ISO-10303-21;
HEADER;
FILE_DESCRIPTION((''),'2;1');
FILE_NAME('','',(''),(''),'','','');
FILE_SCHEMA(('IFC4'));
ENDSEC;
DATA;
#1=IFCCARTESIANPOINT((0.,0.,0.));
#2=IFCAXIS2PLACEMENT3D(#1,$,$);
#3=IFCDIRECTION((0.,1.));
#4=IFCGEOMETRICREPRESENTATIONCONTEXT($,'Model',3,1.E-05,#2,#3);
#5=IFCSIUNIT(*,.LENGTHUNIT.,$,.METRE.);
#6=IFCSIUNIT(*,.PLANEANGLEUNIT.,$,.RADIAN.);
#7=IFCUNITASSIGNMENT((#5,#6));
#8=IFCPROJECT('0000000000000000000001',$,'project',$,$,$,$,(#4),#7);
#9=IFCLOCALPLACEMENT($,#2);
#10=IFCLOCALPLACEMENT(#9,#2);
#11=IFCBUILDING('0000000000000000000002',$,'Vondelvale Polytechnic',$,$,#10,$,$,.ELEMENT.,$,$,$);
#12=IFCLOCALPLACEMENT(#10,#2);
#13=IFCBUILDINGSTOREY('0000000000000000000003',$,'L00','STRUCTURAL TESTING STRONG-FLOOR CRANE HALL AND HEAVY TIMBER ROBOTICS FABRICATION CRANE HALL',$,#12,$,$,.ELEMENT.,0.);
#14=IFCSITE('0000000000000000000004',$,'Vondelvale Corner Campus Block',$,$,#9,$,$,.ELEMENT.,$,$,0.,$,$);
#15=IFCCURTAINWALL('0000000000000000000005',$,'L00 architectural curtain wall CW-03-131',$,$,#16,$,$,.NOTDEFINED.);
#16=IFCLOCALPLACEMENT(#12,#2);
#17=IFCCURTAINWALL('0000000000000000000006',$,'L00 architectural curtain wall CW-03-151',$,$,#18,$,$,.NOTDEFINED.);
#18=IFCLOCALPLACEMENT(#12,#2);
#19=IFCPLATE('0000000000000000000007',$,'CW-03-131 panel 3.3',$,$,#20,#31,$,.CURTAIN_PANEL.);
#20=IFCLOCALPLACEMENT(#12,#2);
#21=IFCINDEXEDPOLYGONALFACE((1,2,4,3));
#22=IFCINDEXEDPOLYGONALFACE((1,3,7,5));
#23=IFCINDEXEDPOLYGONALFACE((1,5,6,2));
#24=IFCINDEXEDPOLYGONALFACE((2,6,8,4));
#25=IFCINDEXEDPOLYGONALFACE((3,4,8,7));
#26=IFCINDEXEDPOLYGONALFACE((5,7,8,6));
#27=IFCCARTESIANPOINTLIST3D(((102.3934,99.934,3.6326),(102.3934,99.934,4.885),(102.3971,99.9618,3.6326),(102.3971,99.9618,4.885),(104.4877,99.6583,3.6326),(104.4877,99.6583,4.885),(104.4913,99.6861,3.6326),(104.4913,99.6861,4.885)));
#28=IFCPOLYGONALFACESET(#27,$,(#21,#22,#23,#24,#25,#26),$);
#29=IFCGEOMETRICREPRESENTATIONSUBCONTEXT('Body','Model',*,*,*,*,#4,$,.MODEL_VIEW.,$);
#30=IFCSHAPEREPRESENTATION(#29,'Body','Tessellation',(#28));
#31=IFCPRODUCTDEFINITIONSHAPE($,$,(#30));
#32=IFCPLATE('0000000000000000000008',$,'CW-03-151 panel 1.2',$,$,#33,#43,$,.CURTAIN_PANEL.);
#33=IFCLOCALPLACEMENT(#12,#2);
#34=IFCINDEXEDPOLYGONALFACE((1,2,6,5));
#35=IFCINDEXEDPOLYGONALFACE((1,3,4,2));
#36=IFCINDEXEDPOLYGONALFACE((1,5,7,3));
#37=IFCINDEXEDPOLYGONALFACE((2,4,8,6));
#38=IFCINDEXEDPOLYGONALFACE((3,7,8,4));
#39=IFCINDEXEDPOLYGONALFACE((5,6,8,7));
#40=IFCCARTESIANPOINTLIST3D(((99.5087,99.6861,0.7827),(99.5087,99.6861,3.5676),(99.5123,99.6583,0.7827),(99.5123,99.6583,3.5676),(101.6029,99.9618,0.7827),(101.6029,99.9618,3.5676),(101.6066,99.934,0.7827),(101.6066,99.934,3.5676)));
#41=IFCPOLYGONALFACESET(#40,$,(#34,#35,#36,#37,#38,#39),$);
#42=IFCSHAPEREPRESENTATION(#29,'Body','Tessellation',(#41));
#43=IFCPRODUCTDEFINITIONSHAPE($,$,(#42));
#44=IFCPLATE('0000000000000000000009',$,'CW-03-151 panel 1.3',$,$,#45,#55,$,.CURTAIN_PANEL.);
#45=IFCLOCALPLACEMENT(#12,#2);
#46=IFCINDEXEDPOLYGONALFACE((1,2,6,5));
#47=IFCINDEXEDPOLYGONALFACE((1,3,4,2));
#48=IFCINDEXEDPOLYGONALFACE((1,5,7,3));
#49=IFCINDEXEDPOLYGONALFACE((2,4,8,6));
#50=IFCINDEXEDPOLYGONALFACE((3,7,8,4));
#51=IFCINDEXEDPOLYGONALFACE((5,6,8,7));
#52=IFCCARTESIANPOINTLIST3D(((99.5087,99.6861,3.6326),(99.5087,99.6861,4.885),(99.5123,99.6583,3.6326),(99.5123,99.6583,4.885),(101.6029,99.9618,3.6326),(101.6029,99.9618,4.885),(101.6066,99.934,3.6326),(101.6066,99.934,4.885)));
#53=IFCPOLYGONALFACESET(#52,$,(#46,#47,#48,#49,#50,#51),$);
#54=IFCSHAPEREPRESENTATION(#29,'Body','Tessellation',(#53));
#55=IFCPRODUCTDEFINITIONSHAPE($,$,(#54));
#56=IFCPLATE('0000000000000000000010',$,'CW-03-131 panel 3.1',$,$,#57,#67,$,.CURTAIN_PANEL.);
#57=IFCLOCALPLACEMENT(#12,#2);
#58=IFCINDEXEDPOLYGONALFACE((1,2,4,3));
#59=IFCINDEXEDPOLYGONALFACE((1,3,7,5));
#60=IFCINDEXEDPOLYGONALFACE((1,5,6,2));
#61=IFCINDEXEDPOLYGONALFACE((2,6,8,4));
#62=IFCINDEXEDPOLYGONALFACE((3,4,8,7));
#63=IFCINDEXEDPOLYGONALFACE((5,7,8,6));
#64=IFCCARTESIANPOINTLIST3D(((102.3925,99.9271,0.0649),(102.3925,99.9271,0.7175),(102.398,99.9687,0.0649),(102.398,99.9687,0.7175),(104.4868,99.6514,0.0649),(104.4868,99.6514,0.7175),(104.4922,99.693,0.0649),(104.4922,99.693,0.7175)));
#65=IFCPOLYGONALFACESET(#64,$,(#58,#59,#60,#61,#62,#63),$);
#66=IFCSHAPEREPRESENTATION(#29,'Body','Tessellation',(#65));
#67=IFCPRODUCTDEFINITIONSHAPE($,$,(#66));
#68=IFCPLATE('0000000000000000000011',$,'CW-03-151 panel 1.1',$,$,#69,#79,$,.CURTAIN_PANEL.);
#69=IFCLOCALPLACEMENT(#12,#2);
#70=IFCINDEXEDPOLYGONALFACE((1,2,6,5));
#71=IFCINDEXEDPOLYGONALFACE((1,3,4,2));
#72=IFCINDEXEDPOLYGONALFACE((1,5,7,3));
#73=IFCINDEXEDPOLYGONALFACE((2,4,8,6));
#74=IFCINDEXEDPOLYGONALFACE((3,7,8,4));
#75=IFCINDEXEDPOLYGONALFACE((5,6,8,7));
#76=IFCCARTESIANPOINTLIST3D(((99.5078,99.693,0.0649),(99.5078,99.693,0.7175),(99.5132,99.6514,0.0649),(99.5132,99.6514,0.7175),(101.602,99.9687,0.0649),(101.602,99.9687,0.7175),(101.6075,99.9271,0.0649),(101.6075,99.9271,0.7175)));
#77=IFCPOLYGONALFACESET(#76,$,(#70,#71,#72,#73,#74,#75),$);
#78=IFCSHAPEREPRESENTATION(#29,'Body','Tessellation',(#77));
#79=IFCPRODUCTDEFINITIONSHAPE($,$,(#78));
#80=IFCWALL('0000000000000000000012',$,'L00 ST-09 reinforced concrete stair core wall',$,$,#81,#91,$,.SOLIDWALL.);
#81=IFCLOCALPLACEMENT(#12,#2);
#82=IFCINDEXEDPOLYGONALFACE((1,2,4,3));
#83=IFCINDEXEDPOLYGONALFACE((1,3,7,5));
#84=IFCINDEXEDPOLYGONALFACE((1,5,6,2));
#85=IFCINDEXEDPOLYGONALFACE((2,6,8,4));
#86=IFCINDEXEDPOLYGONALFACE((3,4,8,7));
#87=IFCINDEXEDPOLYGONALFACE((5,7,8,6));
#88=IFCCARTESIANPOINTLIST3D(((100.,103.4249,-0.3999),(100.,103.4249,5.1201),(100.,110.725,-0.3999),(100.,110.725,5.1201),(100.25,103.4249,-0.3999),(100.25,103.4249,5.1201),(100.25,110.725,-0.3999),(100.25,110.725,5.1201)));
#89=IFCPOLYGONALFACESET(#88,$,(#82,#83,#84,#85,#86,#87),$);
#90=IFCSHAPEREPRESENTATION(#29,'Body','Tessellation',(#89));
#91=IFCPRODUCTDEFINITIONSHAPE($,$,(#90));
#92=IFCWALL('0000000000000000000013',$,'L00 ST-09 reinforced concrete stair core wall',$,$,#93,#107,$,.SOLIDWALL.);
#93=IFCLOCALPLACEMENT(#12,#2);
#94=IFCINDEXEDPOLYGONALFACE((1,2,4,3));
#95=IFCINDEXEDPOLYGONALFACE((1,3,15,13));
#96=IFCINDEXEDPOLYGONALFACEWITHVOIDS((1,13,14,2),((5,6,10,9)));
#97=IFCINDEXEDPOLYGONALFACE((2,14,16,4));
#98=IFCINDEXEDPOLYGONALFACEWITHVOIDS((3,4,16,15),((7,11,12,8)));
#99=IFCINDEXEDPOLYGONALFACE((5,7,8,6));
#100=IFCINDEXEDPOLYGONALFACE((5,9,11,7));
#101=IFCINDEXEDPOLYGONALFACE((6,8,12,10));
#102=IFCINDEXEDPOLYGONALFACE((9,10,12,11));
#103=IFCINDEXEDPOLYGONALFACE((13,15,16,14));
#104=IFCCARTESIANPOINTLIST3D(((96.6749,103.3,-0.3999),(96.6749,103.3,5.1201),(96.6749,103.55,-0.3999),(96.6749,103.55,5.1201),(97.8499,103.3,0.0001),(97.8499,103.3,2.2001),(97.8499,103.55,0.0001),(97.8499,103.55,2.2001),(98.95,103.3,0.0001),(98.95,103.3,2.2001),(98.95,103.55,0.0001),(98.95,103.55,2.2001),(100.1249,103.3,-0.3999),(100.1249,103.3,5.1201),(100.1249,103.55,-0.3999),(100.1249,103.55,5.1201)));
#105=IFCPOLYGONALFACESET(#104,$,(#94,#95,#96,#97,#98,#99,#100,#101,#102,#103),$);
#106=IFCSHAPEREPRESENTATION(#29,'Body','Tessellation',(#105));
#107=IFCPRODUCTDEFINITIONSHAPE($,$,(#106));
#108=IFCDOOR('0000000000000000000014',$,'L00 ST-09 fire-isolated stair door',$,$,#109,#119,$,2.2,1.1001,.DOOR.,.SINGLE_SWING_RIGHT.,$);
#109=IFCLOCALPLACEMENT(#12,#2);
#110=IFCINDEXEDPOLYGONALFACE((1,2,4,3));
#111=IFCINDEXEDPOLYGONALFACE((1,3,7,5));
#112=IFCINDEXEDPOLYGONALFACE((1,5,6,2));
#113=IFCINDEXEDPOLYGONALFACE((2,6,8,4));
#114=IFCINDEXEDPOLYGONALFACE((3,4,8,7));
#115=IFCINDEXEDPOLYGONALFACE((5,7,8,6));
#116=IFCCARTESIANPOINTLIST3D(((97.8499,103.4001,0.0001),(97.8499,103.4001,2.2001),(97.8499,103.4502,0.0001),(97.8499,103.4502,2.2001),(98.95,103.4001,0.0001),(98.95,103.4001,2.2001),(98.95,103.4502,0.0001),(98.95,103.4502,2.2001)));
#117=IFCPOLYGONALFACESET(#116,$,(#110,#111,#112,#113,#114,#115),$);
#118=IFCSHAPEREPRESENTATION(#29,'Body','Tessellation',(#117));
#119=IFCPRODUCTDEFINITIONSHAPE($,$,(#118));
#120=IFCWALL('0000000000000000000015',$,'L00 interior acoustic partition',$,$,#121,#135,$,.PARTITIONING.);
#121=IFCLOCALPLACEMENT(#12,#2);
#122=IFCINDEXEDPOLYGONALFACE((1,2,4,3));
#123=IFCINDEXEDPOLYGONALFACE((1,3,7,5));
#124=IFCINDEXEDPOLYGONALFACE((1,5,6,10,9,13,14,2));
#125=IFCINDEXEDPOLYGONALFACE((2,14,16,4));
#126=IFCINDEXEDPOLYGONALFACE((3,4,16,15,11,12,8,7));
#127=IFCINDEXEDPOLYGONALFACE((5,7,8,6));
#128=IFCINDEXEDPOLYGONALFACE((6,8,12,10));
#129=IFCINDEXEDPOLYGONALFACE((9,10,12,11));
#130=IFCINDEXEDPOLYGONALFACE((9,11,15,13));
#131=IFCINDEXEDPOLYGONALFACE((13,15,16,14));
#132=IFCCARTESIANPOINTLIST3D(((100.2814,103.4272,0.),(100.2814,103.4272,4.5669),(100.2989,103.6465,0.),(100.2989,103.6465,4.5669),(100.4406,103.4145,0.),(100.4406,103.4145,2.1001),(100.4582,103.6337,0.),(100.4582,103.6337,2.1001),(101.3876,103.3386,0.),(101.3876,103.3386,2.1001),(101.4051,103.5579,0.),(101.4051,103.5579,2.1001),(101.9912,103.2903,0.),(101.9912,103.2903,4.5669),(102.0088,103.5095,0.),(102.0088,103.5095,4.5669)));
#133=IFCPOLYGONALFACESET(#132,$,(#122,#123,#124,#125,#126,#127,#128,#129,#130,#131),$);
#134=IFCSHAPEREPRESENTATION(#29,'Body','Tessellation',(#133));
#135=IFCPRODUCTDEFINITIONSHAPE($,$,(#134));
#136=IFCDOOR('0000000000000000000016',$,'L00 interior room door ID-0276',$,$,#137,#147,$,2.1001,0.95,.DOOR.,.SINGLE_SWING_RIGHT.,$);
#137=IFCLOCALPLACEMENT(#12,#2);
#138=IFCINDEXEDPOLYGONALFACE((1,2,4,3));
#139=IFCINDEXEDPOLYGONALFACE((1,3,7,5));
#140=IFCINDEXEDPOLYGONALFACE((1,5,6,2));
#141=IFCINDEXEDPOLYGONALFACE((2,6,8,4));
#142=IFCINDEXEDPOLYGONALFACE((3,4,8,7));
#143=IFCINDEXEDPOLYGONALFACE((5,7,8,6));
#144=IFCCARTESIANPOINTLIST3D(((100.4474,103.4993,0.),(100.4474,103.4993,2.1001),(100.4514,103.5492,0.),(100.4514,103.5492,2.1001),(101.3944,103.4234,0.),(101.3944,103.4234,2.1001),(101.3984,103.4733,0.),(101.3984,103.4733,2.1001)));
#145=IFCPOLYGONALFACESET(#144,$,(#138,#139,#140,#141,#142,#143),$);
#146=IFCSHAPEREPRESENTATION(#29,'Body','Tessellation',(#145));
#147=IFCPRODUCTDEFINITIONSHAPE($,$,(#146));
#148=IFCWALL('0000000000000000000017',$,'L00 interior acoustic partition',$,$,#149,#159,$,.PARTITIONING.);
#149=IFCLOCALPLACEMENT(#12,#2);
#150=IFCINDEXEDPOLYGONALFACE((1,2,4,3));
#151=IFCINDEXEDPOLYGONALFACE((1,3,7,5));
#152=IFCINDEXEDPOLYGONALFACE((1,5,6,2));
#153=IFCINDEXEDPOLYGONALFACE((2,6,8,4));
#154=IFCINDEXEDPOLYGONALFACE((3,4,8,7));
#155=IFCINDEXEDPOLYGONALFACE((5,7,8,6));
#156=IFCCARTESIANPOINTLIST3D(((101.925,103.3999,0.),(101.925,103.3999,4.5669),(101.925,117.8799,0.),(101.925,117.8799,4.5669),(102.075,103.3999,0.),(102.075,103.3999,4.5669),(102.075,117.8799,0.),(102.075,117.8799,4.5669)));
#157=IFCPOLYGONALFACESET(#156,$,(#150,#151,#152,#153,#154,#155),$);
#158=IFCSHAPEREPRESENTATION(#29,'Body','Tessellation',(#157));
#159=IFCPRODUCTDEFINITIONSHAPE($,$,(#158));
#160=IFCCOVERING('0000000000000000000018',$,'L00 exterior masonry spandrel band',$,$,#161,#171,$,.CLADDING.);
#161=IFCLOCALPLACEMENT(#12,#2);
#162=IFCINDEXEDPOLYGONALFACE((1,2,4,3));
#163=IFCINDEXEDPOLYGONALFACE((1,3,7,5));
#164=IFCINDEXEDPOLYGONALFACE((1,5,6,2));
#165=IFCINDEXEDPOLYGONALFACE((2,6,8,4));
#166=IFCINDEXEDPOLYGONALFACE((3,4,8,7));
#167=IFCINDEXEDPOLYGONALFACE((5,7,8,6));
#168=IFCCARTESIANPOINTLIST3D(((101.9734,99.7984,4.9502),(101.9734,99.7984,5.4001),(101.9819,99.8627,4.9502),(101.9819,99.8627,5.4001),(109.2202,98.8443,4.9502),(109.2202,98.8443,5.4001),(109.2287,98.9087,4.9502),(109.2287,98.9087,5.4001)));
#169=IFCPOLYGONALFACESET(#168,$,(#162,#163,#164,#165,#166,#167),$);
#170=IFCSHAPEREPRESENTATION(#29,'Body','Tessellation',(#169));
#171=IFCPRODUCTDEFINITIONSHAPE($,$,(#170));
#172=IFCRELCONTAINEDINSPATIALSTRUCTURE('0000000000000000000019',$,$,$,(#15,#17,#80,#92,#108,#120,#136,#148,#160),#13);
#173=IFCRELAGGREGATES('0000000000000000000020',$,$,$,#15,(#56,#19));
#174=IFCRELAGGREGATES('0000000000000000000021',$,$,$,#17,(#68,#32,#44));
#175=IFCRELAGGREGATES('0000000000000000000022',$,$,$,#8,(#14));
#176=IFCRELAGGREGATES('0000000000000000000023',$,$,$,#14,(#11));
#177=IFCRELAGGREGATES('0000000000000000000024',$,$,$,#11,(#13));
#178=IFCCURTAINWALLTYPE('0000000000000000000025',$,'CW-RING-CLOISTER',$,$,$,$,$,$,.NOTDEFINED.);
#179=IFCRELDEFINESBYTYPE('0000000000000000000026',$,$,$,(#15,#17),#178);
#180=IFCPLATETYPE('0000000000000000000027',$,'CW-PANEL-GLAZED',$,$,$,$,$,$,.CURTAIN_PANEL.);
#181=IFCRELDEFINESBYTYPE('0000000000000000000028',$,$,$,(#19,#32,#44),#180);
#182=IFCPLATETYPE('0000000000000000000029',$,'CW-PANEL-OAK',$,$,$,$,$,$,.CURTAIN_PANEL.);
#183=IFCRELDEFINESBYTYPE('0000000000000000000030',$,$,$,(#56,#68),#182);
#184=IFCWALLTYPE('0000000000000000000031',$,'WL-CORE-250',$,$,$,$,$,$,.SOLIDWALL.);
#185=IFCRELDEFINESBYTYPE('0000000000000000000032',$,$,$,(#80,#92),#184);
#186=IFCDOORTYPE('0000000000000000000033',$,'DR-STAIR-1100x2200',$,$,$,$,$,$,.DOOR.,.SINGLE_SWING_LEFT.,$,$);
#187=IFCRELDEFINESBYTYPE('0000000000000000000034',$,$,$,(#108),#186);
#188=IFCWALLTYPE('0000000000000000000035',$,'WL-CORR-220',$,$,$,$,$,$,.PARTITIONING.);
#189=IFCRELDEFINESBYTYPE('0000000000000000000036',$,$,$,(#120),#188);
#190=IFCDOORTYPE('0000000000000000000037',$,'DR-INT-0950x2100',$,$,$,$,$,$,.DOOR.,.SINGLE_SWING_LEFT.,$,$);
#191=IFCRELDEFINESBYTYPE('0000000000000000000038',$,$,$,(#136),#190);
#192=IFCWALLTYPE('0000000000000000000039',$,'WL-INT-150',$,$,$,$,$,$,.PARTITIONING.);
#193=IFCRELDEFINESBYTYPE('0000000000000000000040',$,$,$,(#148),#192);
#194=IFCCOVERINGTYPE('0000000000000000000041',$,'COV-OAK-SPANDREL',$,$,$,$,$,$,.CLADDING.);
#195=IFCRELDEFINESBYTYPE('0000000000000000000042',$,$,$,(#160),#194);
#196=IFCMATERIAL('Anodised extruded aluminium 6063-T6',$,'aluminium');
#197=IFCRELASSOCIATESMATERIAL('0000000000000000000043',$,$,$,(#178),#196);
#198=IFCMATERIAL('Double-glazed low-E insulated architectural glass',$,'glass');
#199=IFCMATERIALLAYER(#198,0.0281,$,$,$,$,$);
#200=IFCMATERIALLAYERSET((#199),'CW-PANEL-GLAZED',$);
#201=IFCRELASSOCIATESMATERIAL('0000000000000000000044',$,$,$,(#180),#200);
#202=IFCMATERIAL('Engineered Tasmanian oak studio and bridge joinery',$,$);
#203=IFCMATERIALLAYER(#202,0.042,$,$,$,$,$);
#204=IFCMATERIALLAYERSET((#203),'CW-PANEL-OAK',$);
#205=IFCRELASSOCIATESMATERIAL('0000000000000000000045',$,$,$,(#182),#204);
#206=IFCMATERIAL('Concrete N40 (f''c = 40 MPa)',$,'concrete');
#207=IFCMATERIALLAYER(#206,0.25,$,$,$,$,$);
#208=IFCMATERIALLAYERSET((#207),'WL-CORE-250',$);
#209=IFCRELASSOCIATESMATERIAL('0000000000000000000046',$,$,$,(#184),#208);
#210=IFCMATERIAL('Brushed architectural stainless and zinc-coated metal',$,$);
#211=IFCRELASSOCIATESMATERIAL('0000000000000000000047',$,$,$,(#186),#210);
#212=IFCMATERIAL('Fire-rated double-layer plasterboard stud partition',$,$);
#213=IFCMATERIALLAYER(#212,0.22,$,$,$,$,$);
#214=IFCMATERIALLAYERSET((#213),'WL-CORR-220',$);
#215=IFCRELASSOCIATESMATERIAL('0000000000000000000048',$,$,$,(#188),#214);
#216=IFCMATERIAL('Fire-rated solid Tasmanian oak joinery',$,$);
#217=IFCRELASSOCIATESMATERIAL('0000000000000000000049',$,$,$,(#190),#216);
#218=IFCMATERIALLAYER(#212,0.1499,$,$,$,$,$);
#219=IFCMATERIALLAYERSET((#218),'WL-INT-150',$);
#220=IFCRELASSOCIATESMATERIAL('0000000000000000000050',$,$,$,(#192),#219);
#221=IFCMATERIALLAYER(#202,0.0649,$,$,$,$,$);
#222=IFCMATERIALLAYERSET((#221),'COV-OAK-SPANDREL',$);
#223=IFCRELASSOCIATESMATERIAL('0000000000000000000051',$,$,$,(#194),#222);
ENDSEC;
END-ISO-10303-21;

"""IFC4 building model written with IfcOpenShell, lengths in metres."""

from ifc_helpers import new_model, si_unit, direction, frame, frame_2d, origin, origin_2d, place, context, subcontext, project, spatial, rectangle, extrude, material, layer, layer_set, type_object, element, fill, aggregate, save


model = new_model("IFC4")

# Units and contexts
model_context = context("Model", 3, precision=1e-05, world=origin(), true_north=direction((0.0, 1.0)))
body_context = subcontext(model_context, "Body", "Model", "MODEL_VIEW")
ifc_project = project(units=[si_unit("LENGTHUNIT", "METRE"), si_unit("PLANEANGLEUNIT", "RADIAN")], contexts=[model_context])

# Site, building, storey
site_placement = place(None, origin())
site = spatial("IfcSite", under=ifc_project, at=site_placement, Name="Vondelvale Corner Campus Block", CompositionType="ELEMENT", RefElevation=0.0)
building_placement = place(site_placement, origin())
building = spatial("IfcBuilding", under=site, at=building_placement, Name="Vondelvale Polytechnic", CompositionType="ELEMENT")
storey_placement = place(building_placement, origin())
storey = spatial("IfcBuildingStorey", under=building, at=storey_placement, Name="L00", Description="STRUCTURAL TESTING STRONG-FLOOR CRANE HALL AND HEAVY TIMBER ROBOTICS FABRICATION CRANE HALL", CompositionType="ELEMENT", Elevation=0.0)

# Shared definitions
ifc_material_1 = material(Name="Concrete N40 (f'c = 40 MPa)", Category="concrete")

# Curtain walls
ifc_material_2 = material(Name="Anodised extruded aluminium 6063-T6", Category="aluminium")
curtain_wall_type = type_object("IfcCurtainWallType", Name="CW-RING-CLOISTER", PredefinedType="NOTDEFINED", material=ifc_material_2)
curtain_wall_1_placement = place(storey_placement, origin())
curtain_wall_1 = element("IfcCurtainWall", 1, at=curtain_wall_1_placement, inside=storey, type_object=curtain_wall_type, Name="L00 architectural curtain wall CW-03-131", PredefinedType="NOTDEFINED")
curtain_wall_2_placement = place(storey_placement, origin())
curtain_wall_2 = element("IfcCurtainWall", 2, at=curtain_wall_2_placement, inside=storey, type_object=curtain_wall_type, Name="L00 architectural curtain wall CW-03-151", PredefinedType="NOTDEFINED")

# Plates
ifc_material_3 = material(Name="Double-glazed low-E insulated architectural glass", Category="glass")
ifc_layer_1 = layer(ifc_material_3, 0.0281)
ifc_layer_set_1 = layer_set([ifc_layer_1], Name="CW-PANEL-GLAZED")
plate_type_1 = type_object("IfcPlateType", Name="CW-PANEL-GLAZED", PredefinedType="CURTAIN_PANEL", material=ifc_layer_set_1)
plate_1_placement = place(storey_placement, frame((103.4424, 99.8101, 3.6326), z_axis=(0.0, 0.0, 1.0), x_axis=(-0.991445, 0.130528, 0.0)))
plate_1 = element("IfcPlate", 3, at=plate_1_placement, type_object=plate_type_1, Name="CW-03-131 panel 3.3", PredefinedType="CURTAIN_PANEL", context=body_context, shape_type="SweptSolid", body=[
    extrude(rectangle(XDim=2.1123, YDim=0.0281, at=origin_2d()), origin(), (0.0, 0.0, 1.0), 1.2524),
])
plate_2_placement = place(storey_placement, frame((100.5576, 99.8101, 0.7827), z_axis=(0.0, 0.0, 1.0), x_axis=(-0.991445, -0.130528, 0.0)))
plate_2 = element("IfcPlate", 4, at=plate_2_placement, type_object=plate_type_1, Name="CW-03-151 panel 1.2", PredefinedType="CURTAIN_PANEL", context=body_context, shape_type="SweptSolid", body=[
    extrude(rectangle(XDim=2.1123, YDim=0.0281, at=origin_2d()), origin(), (0.0, 0.0, 1.0), 2.7849),
])
plate_3_placement = place(storey_placement, frame((100.5576, 99.8101, 3.6326), z_axis=(0.0, 0.0, 1.0), x_axis=(-0.991445, -0.130528, 0.0)))
plate_3 = element("IfcPlate", 5, at=plate_3_placement, type_object=plate_type_1, Name="CW-03-151 panel 1.3", PredefinedType="CURTAIN_PANEL", context=body_context, shape_type="SweptSolid", body=[
    extrude(rectangle(XDim=2.1123, YDim=0.0281, at=origin_2d()), origin(), (0.0, 0.0, 1.0), 1.2524),
])
ifc_material_4 = material(Name="Engineered Tasmanian oak studio and bridge joinery")
ifc_layer_2 = layer(ifc_material_4, 0.042)
ifc_layer_set_2 = layer_set([ifc_layer_2], Name="CW-PANEL-OAK")
plate_type_2 = type_object("IfcPlateType", Name="CW-PANEL-OAK", PredefinedType="CURTAIN_PANEL", material=ifc_layer_set_2)
plate_4_placement = place(storey_placement, frame((103.4424, 99.8101, 0.0649), z_axis=(0.0, 0.0, 1.0), x_axis=(-0.991445, 0.130528, 0.0)))
plate_4 = element("IfcPlate", 6, at=plate_4_placement, type_object=plate_type_2, Name="CW-03-131 panel 3.1", PredefinedType="CURTAIN_PANEL", context=body_context, shape_type="SweptSolid", body=[
    extrude(rectangle(XDim=2.1123, YDim=0.042, at=origin_2d()), origin(), (0.0, 0.0, 1.0), 0.6526),
])
aggregate(curtain_wall_1, [plate_4, plate_1])
plate_5_placement = place(storey_placement, frame((100.5576, 99.8101, 0.0649), z_axis=(0.0, 0.0, 1.0), x_axis=(-0.991445, -0.130528, 0.0)))
plate_5 = element("IfcPlate", 7, at=plate_5_placement, type_object=plate_type_2, Name="CW-03-151 panel 1.1", PredefinedType="CURTAIN_PANEL", context=body_context, shape_type="SweptSolid", body=[
    extrude(rectangle(XDim=2.1123, YDim=0.042, at=origin_2d()), origin(), (0.0, 0.0, 1.0), 0.6526),
])
aggregate(curtain_wall_2, [plate_5, plate_2, plate_3])

# Wall
ifc_layer_3 = layer(ifc_material_1, 0.25)
ifc_layer_set_3 = layer_set([ifc_layer_3], Name="WL-CORE-250")
wall_type_1 = type_object("IfcWallType", Name="WL-CORE-250", PredefinedType="SOLIDWALL", material=ifc_layer_set_3)
wall_1_placement = place(storey_placement, frame((100.125, 103.425, -0.3999), z_axis=(0.0, 0.0, 1.0), x_axis=(0.0, 1.0, 0.0)))
element("IfcWall", 8, at=wall_1_placement, inside=storey, type_object=wall_type_1, Name="L00 ST-09 reinforced concrete stair core wall", PredefinedType="SOLIDWALL", context=body_context, shape_type="SweptSolid", body=[
    extrude(rectangle(XDim=7.3, YDim=0.25, at=frame_2d((3.6499, 0.0))), origin(), (0.0, 0.0, 1.0), 5.52),
])

# Walls, openings, doors
wall_2_placement = place(storey_placement, frame((100.125, 103.425, -0.3999), z_axis=(0.0, 0.0, 1.0), x_axis=(-1.0, 0.0, 0.0)))
wall_2 = element("IfcWall", 9, at=wall_2_placement, inside=storey, type_object=wall_type_1, Name="L00 ST-09 reinforced concrete stair core wall", PredefinedType="SOLIDWALL", context=body_context, shape_type="SweptSolid", body=[
    extrude(rectangle(XDim=3.45, YDim=0.25, at=frame_2d((1.7251, 0.0))), origin(), (0.0, 0.0, 1.0), 5.52),
])
opening_1_placement = place(wall_2_placement, frame((1.175, 0.0, 0.3999)))
opening_1 = element("IfcOpeningElement", 10, at=opening_1_placement, cuts=wall_2, PredefinedType="OPENING", context=body_context, shape_type="SweptSolid", body=[
    extrude(rectangle(XDim=1.1001, YDim=2.2, at=frame_2d((0.55, 1.1001))), frame((0.0, 0.135, 0.0), z_axis=(0.0, -1.0, 0.0), x_axis=(1.0, 0.0, 0.0)), (0.0, 0.0, 1.0), 0.27),
])
ifc_material_5 = material(Name="Brushed architectural stainless and zinc-coated metal")
door_type_1 = type_object("IfcDoorType", Name="DR-STAIR-1100x2200", OperationType="SINGLE_SWING_LEFT", PredefinedType="DOOR", material=ifc_material_5)
door_1_placement = place(opening_1_placement, origin())
door_1 = element("IfcDoor", 11, at=door_1_placement, inside=storey, type_object=door_type_1, Name="L00 ST-09 fire-isolated stair door", OperationType="SINGLE_SWING_RIGHT", OverallHeight=2.2, OverallWidth=1.1001, PredefinedType="DOOR", context=body_context, shape_type="SweptSolid", body=[
    extrude(rectangle(XDim=1.1001, YDim=2.2, at=frame_2d((0.55, 1.1001))), frame((0.0, 0.0249, 0.0), z_axis=(0.0, -1.0, 0.0), x_axis=(1.0, 0.0, 0.0)), (0.0, 0.0, 1.0), 0.05),
])
fill(opening_1, door_1)
ifc_material_6 = material(Name="Fire-rated double-layer plasterboard stud partition")
ifc_layer_4 = layer(ifc_material_6, 0.22)
ifc_layer_set_4 = layer_set([ifc_layer_4], Name="WL-CORR-220")
wall_type_2 = type_object("IfcWallType", Name="WL-CORR-220", PredefinedType="PARTITIONING", material=ifc_layer_set_4)
wall_3_placement = place(storey_placement, frame((102.0, 103.3999, 0.0), z_axis=(0.0, 0.0, 1.0), x_axis=(-0.996808, 0.079841, 0.0)))
wall_3 = element("IfcWall", 12, at=wall_3_placement, inside=storey, type_object=wall_type_2, Name="L00 interior acoustic partition", PredefinedType="PARTITIONING", context=body_context, shape_type="SweptSolid", body=[
    extrude(rectangle(XDim=1.7153, YDim=0.22, at=frame_2d((0.8577, 0.0))), origin(), (0.0, 0.0, 1.0), 4.5669),
])
opening_2_placement = place(wall_3_placement, frame((0.6055, 0.0, 0.0)))
opening_2 = element("IfcOpeningElement", 13, at=opening_2_placement, cuts=wall_3, PredefinedType="OPENING", context=body_context, shape_type="SweptSolid", body=[
    extrude(rectangle(XDim=0.95, YDim=2.1001, at=frame_2d((0.4751, 1.05))), frame((0.0, 0.1199, 0.0), z_axis=(0.0, -1.0, 0.0), x_axis=(1.0, 0.0, 0.0)), (0.0, 0.0, 1.0), 0.24),
])
ifc_material_7 = material(Name="Fire-rated solid Tasmanian oak joinery")
door_type_2 = type_object("IfcDoorType", Name="DR-INT-0950x2100", OperationType="SINGLE_SWING_LEFT", PredefinedType="DOOR", material=ifc_material_7)
door_2_placement = place(opening_2_placement, origin())
door_2 = element("IfcDoor", 14, at=door_2_placement, inside=storey, type_object=door_type_2, Name="L00 interior room door ID-0276", OperationType="SINGLE_SWING_RIGHT", OverallHeight=2.1001, OverallWidth=0.95, PredefinedType="DOOR", context=body_context, shape_type="SweptSolid", body=[
    extrude(rectangle(XDim=0.95, YDim=2.1001, at=frame_2d((0.4751, 1.05))), frame((0.0, 0.0249, 0.0), z_axis=(0.0, -1.0, 0.0), x_axis=(1.0, 0.0, 0.0)), (0.0, 0.0, 1.0), 0.05),
])
fill(opening_2, door_2)

# Wall
ifc_layer_5 = layer(ifc_material_6, 0.1499)
ifc_layer_set_5 = layer_set([ifc_layer_5], Name="WL-INT-150")
wall_type_3 = type_object("IfcWallType", Name="WL-INT-150", PredefinedType="PARTITIONING", material=ifc_layer_set_5)
wall_4_placement = place(storey_placement, frame((102.0, 103.3999, 0.0), z_axis=(0.0, 0.0, 1.0), x_axis=(0.0, 1.0, 0.0)))
element("IfcWall", 15, at=wall_4_placement, inside=storey, type_object=wall_type_3, Name="L00 interior acoustic partition", PredefinedType="PARTITIONING", context=body_context, shape_type="SweptSolid", body=[
    extrude(rectangle(XDim=14.48, YDim=0.1499, at=frame_2d((7.24, 0.0))), origin(), (0.0, 0.0, 1.0), 4.5669),
])

# Covering
ifc_layer_6 = layer(ifc_material_4, 0.0649)
ifc_layer_set_6 = layer_set([ifc_layer_6], Name="COV-OAK-SPANDREL")
covering_type = type_object("IfcCoveringType", Name="COV-OAK-SPANDREL", PredefinedType="CLADDING", material=ifc_layer_set_6)
covering_placement = place(storey_placement, frame((105.6011, 99.3535, 4.9502), z_axis=(0.0, 0.0, 1.0), x_axis=(-0.991445, 0.130526, 0.0)))
element("IfcCovering", 16, at=covering_placement, inside=storey, type_object=covering_type, Name="L00 exterior masonry spandrel band", PredefinedType="CLADDING", context=body_context, shape_type="SweptSolid", body=[
    extrude(rectangle(XDim=7.3093, YDim=0.0649, at=origin_2d()), origin(), (0.0, 0.0, 1.0), 0.45),
])

save(model, "model.ifc")
